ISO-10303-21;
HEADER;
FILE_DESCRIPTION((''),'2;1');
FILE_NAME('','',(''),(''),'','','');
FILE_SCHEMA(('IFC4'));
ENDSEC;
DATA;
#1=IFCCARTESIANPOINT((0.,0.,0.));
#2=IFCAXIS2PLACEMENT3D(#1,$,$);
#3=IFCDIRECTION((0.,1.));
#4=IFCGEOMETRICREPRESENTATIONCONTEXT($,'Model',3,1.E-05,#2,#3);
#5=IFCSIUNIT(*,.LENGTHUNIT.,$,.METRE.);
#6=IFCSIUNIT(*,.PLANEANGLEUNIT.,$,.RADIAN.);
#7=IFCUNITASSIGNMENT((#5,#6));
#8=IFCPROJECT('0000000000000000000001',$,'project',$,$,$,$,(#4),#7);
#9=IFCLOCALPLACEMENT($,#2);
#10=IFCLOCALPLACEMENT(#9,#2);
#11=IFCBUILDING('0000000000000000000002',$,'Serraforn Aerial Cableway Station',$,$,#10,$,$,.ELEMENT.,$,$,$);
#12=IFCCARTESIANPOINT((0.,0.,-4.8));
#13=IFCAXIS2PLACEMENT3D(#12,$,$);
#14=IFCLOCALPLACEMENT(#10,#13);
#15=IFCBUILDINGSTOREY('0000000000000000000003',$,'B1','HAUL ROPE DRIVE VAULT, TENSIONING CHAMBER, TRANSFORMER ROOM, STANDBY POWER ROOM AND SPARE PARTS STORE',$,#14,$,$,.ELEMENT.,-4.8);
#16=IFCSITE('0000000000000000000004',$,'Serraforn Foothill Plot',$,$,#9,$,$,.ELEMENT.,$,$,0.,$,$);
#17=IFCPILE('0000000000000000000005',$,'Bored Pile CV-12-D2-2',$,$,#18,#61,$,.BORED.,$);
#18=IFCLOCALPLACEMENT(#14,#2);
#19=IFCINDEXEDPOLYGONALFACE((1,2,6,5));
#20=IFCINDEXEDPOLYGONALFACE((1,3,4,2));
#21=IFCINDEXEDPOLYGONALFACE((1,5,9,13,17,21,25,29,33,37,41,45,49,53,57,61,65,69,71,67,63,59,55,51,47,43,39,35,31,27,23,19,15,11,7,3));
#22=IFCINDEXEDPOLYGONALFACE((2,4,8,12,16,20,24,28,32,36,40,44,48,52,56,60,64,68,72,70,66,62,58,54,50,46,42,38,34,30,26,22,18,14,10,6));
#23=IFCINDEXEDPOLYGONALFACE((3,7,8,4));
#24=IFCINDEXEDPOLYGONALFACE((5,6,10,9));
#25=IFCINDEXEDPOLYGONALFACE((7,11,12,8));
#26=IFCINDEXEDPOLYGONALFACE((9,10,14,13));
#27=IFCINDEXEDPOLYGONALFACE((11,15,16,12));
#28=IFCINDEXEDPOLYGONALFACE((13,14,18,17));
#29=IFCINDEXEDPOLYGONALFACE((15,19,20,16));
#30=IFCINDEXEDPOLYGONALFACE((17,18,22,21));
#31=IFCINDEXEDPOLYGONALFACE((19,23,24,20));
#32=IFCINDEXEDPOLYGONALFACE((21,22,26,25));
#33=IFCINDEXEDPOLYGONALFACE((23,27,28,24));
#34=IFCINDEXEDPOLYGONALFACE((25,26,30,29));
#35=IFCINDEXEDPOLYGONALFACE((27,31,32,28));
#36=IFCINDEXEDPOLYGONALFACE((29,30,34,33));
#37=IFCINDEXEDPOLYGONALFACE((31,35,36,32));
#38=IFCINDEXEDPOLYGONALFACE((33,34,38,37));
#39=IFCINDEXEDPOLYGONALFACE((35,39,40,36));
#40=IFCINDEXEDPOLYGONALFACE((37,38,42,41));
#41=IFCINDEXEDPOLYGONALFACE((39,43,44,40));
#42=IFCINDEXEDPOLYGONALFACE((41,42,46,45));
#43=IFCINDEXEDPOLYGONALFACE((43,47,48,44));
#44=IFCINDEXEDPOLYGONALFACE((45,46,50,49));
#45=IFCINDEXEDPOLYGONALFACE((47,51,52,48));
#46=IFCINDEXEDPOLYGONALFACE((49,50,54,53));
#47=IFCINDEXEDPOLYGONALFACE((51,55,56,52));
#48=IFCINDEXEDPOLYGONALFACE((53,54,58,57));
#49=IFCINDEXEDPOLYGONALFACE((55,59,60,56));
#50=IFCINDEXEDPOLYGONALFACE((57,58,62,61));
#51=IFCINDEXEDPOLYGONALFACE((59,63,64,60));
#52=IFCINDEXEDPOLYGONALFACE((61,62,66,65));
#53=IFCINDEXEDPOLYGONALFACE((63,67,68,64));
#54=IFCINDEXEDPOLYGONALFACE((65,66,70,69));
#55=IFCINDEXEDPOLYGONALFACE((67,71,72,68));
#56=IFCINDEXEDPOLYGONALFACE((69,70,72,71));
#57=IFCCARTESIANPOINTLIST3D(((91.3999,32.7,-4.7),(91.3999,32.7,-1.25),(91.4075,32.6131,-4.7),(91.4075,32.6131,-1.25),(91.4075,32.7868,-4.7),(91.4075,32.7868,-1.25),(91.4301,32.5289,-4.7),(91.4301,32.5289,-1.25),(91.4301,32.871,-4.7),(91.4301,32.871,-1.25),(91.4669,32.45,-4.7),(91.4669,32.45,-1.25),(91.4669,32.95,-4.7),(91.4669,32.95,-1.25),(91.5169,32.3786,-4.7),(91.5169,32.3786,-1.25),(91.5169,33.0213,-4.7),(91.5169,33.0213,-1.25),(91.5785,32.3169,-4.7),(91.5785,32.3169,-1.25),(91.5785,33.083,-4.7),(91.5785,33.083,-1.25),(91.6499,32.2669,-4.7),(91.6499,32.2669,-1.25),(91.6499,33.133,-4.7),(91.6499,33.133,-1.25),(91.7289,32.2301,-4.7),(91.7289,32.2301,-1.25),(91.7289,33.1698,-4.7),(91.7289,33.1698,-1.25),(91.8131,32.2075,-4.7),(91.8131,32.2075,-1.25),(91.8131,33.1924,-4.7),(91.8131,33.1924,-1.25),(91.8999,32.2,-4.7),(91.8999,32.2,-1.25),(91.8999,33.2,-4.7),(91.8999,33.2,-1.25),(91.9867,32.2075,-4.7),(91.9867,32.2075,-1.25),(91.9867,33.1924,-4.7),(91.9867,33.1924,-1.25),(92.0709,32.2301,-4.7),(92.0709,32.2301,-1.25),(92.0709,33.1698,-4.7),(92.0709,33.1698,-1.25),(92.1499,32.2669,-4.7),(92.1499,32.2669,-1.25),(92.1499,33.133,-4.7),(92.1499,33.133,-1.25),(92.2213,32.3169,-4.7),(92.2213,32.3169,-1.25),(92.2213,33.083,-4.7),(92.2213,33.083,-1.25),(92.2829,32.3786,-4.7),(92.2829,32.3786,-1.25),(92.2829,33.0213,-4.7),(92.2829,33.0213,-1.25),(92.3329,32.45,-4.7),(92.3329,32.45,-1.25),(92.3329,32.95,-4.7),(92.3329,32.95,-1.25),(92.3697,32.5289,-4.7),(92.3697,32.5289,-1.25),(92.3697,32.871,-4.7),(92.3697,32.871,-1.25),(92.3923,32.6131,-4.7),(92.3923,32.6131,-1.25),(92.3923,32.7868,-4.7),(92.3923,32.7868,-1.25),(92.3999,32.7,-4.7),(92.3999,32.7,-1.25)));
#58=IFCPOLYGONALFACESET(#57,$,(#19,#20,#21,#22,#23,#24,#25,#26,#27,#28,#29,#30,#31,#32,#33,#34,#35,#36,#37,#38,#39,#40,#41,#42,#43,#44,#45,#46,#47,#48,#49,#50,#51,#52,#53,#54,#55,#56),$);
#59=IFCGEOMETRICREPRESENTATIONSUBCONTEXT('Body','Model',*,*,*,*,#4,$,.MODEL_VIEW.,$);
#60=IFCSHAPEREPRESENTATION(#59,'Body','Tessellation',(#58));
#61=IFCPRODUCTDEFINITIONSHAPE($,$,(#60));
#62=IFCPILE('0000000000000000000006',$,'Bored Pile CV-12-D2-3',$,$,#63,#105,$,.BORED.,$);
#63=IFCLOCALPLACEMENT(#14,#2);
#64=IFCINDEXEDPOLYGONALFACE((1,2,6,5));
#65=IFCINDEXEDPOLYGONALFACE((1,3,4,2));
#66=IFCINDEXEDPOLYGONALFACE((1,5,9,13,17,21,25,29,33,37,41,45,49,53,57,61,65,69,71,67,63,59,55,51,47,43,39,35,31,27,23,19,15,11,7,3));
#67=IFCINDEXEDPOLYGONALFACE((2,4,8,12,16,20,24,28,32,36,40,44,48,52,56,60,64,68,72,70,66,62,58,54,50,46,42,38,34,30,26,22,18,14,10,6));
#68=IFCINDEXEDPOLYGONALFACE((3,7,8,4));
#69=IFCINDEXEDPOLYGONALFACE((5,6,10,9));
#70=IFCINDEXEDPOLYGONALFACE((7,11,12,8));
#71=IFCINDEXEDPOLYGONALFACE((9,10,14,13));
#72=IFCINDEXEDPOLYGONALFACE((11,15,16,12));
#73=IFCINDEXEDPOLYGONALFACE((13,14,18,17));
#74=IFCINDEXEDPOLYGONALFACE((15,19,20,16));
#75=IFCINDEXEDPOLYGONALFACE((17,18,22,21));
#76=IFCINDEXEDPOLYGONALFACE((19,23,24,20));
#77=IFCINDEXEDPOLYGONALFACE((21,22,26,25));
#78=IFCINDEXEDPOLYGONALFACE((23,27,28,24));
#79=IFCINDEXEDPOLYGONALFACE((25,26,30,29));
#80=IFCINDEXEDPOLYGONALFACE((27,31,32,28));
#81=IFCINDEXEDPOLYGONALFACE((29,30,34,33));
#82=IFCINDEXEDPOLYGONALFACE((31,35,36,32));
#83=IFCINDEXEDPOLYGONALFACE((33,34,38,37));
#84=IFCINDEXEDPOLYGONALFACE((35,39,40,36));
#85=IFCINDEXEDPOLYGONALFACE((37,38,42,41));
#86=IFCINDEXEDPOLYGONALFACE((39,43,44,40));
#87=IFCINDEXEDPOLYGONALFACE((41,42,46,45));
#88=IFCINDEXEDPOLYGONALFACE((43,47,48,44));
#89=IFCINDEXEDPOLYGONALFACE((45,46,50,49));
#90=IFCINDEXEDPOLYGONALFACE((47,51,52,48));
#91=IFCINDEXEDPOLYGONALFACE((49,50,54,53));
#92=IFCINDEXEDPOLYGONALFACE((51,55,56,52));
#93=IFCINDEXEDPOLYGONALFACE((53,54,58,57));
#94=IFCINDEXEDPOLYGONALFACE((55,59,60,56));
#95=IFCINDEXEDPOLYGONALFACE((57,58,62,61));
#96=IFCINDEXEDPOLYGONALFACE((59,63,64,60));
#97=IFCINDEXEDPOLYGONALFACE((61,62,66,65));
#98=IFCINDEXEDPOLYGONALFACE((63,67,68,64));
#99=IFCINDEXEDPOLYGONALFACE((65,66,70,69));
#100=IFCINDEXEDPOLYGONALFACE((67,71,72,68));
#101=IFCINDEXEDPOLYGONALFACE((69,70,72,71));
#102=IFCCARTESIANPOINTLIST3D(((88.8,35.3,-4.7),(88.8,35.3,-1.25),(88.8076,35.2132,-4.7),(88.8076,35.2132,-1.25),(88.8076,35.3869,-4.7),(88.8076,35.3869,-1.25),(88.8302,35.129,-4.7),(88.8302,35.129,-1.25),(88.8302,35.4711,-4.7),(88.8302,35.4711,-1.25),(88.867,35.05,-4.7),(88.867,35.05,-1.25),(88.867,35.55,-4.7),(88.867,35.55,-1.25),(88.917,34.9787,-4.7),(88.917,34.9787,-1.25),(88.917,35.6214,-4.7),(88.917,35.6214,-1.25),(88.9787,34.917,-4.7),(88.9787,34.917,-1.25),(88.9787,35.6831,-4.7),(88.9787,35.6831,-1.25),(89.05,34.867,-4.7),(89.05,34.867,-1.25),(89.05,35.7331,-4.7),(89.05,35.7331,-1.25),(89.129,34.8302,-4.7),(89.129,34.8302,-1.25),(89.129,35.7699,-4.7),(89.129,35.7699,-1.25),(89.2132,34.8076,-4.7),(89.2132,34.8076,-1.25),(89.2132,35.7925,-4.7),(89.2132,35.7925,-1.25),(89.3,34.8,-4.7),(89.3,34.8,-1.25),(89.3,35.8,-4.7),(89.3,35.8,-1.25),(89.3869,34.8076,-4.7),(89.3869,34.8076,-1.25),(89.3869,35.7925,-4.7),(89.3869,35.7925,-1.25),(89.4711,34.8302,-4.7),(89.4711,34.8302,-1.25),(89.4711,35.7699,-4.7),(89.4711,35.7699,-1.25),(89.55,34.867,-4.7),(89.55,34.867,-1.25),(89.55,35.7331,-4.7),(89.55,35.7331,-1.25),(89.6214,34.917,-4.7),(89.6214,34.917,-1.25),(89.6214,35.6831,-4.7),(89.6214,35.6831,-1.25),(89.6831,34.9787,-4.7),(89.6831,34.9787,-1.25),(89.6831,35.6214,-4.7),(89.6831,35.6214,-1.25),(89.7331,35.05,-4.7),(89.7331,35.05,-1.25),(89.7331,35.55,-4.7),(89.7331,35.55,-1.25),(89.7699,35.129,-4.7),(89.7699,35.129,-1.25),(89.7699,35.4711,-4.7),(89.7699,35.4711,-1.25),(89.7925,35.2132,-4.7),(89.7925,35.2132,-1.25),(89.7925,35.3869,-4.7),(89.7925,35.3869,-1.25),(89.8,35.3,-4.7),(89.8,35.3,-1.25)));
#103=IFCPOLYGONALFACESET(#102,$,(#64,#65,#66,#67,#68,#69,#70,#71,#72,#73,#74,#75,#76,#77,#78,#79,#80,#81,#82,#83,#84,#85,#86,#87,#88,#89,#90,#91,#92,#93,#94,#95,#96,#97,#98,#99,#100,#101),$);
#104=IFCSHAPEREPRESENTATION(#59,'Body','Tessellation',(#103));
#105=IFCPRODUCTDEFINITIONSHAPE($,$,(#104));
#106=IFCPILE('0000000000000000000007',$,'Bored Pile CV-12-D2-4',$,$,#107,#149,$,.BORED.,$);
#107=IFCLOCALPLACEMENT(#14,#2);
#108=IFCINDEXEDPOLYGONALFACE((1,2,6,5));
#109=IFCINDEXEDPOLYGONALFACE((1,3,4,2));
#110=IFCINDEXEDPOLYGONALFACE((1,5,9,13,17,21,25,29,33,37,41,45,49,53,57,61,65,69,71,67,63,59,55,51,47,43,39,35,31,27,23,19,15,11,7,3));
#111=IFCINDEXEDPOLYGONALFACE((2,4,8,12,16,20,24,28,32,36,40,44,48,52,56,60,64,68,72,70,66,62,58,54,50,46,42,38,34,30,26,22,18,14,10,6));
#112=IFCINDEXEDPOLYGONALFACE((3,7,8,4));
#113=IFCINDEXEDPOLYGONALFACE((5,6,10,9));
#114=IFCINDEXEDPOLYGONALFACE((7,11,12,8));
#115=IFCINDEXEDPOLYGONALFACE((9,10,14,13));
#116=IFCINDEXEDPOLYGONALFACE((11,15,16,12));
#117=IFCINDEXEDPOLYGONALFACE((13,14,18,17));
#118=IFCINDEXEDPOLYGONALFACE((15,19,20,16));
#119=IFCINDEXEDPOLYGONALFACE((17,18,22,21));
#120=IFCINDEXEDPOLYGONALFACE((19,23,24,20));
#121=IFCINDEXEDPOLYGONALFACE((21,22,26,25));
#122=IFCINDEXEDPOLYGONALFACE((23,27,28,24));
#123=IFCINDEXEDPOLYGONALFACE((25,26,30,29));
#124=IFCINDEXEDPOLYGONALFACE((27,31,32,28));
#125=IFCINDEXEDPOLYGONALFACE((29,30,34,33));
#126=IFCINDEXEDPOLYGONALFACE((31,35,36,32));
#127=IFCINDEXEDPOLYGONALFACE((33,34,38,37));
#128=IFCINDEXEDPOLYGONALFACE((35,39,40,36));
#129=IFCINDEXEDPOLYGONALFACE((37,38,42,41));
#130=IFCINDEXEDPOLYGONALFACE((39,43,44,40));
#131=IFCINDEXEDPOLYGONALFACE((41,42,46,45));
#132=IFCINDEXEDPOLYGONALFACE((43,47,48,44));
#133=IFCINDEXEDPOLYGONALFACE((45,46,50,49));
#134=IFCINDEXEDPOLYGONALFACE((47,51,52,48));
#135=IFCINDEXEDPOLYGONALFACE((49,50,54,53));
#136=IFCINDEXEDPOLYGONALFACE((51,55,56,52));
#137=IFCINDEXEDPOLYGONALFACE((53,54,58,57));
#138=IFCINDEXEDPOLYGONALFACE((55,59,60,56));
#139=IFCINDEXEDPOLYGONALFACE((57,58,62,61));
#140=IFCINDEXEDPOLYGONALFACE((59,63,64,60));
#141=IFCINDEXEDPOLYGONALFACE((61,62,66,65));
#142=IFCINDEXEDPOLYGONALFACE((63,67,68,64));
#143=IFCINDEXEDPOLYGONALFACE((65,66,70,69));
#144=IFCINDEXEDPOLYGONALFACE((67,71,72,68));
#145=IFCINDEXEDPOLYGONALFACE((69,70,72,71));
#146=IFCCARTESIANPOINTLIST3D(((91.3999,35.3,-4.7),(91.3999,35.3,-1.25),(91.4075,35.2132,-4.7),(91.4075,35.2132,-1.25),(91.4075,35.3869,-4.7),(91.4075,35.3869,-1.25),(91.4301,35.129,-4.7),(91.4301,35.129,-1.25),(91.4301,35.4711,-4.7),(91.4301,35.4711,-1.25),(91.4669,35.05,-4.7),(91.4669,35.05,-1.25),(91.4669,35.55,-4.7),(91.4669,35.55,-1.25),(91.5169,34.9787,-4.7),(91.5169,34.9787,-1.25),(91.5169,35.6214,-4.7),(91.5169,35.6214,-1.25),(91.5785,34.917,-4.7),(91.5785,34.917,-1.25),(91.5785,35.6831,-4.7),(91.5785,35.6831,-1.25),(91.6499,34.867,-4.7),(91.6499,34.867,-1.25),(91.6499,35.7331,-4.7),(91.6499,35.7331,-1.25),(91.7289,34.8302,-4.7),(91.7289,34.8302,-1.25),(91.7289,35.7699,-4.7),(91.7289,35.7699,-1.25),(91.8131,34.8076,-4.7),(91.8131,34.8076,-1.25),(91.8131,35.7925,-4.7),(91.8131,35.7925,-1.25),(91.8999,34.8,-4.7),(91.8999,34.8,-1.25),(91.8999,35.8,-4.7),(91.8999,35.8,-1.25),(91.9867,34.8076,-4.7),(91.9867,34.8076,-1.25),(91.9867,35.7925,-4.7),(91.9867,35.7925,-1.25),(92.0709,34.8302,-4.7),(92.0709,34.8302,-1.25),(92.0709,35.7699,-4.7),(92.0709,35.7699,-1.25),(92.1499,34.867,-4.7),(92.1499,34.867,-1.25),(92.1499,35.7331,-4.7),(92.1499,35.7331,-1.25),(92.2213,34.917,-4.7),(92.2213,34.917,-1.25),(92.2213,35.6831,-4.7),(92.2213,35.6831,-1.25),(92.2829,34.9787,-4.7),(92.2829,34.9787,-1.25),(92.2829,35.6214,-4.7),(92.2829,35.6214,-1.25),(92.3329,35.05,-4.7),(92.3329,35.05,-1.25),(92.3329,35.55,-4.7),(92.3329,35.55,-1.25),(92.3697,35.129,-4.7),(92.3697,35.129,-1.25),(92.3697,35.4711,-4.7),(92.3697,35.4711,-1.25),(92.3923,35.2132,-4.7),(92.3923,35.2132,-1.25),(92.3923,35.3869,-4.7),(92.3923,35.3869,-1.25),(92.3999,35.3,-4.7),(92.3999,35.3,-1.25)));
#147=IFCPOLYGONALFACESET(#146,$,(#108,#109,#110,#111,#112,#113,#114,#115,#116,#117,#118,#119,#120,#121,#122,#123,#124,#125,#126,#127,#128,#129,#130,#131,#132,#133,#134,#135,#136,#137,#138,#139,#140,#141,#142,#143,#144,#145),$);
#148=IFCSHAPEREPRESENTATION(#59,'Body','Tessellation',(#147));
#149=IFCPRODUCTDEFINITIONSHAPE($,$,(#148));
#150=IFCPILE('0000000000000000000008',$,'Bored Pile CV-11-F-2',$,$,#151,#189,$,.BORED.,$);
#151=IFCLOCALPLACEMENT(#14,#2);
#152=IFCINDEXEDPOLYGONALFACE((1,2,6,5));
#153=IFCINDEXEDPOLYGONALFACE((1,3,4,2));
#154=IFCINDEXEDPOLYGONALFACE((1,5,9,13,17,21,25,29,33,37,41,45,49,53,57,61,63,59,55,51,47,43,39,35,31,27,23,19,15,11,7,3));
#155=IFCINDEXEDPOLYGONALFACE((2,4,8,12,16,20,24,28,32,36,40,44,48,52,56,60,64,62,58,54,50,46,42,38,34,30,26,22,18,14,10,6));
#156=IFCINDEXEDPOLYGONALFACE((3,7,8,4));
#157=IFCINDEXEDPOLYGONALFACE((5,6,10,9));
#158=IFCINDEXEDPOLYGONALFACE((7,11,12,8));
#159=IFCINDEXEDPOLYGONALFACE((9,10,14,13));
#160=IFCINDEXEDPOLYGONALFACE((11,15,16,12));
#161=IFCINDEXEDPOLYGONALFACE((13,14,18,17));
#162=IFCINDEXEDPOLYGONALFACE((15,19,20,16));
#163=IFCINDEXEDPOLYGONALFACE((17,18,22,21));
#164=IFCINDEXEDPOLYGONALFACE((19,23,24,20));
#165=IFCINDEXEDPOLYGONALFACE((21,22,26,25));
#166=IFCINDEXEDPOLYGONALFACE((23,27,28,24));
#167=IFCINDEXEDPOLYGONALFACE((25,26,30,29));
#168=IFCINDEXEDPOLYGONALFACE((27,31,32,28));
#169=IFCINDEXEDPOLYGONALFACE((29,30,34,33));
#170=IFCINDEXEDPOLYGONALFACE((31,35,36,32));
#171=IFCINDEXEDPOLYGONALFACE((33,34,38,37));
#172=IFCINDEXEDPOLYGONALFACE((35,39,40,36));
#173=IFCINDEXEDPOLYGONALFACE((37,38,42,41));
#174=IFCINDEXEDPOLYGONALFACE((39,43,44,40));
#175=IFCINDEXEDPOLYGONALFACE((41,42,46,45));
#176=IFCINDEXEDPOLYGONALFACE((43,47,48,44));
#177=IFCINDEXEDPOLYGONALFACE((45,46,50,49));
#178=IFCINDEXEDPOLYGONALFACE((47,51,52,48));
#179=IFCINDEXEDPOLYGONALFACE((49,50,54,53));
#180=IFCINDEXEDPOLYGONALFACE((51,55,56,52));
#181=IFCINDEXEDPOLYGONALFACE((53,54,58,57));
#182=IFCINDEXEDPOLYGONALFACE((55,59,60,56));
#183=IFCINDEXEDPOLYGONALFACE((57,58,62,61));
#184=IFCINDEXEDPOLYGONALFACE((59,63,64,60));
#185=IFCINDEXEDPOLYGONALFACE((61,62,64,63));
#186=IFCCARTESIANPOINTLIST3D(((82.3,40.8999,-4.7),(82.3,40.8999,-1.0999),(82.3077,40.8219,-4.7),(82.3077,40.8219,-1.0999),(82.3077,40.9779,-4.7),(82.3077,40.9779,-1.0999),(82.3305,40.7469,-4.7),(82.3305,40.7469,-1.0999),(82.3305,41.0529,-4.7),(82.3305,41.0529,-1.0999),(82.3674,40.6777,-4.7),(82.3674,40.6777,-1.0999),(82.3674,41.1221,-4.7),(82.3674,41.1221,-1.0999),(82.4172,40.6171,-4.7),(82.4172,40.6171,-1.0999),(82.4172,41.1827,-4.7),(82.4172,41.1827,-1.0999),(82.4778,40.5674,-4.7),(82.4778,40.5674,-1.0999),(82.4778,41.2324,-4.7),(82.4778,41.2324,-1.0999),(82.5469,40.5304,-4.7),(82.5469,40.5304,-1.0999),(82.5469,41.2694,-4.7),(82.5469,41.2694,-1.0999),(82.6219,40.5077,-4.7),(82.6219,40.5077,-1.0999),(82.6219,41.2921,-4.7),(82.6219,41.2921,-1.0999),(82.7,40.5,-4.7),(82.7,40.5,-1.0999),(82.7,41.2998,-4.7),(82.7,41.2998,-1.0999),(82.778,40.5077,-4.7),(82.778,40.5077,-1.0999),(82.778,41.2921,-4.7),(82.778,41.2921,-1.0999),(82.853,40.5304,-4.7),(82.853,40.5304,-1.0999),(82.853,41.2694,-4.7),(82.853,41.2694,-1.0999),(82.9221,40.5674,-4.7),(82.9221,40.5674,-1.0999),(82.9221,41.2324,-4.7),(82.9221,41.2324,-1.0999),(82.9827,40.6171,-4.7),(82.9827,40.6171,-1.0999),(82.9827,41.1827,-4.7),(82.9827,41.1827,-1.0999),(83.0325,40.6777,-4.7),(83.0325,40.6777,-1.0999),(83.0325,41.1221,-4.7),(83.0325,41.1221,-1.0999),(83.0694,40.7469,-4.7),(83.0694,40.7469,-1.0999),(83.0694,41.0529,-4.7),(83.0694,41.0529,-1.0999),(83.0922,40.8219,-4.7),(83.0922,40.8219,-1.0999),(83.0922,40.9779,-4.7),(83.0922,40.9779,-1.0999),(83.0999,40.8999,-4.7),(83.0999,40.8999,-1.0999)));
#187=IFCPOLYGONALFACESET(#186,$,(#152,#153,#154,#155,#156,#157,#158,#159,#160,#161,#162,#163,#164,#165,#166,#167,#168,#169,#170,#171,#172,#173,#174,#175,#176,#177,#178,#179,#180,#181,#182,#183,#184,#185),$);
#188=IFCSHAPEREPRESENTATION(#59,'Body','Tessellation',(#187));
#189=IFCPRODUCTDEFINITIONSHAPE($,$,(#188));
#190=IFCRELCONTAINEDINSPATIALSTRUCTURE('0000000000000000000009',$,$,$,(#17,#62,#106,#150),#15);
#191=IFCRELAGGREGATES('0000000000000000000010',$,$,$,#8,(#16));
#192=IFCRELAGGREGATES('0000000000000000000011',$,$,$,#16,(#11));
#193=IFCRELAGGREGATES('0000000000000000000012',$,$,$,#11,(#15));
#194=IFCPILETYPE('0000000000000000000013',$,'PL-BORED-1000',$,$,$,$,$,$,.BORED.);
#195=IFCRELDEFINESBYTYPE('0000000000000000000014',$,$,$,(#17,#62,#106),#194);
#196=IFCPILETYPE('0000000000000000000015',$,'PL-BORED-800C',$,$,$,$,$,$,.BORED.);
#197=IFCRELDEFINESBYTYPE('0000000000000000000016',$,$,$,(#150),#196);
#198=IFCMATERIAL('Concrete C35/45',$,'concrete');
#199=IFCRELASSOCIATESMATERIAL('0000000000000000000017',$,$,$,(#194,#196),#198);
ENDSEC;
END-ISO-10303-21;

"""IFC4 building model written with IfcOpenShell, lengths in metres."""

from ifc_helpers import new_model, si_unit, direction, frame, origin, origin_2d, place, context, subcontext, project, spatial, circle, extrude, material, material_profile, profile_set, type_object, element, save


model = new_model("IFC4")

# Units and contexts
model_context = context("Model", 3, precision=1e-05, world=origin(), true_north=direction((0.0, 1.0)))
body_context = subcontext(model_context, "Body", "Model", "MODEL_VIEW")
ifc_project = project(units=[si_unit("LENGTHUNIT", "METRE"), si_unit("PLANEANGLEUNIT", "RADIAN")], contexts=[model_context])

# Site, building, storey
site_placement = place(None, origin())
site = spatial("IfcSite", under=ifc_project, at=site_placement, Name="Serraforn Foothill Plot", CompositionType="ELEMENT", RefElevation=0.0)
building_placement = place(site_placement, origin())
building = spatial("IfcBuilding", under=site, at=building_placement, Name="Serraforn Aerial Cableway Station", CompositionType="ELEMENT")
storey_placement = place(building_placement, frame((0.0, 0.0, -4.8)))
storey = spatial("IfcBuildingStorey", under=building, at=storey_placement, Name="B1", Description="HAUL ROPE DRIVE VAULT, TENSIONING CHAMBER, TRANSFORMER ROOM, STANDBY POWER ROOM AND SPARE PARTS STORE", CompositionType="ELEMENT", Elevation=-4.8)

# Shared definitions
ifc_material_1 = material(Name="Concrete C35/45", Category="concrete")

# Piles
ifc_material_profile_1 = material_profile(ifc_material_1, circle(Radius=0.5, at=origin_2d()), Name="BORED PILE D1000")
ifc_profile_set_1 = profile_set([ifc_material_profile_1], Name="Concrete C35/45")
pile_type_1 = type_object("IfcPileType", Name="PL-BORED-1000", PredefinedType="BORED", material=ifc_profile_set_1)
for number, where, z_axis, x_axis, name in (
    (1, (91.8999, 32.7, -1.25), (0.0, 0.0, -1.0), (1.0, 0.0, 0.0), "Bored Pile CV-12-D2-2"),
    (2, (89.3, 35.3, -1.25), (0.0, 0.0, -1.0), (1.0, 0.0, 0.0), "Bored Pile CV-12-D2-3"),
    (3, (91.8999, 35.3, -1.25), (0.0, 0.0, -1.0), (1.0, 0.0, 0.0), "Bored Pile CV-12-D2-4"),
):
    element("IfcPile", number, at=place(storey_placement, frame(where, z_axis=z_axis, x_axis=x_axis)), inside=storey, type_object=pile_type_1, Name=name, PredefinedType="BORED", context=body_context, shape_type="SweptSolid", body=[
        extrude(circle(Radius=0.5, at=origin_2d()), origin(), (0.0, 0.0, 1.0), 3.45),
    ])
ifc_material_profile_2 = material_profile(ifc_material_1, circle(Radius=0.3999, at=origin_2d()), Name="BORED PILE D800")
ifc_profile_set_2 = profile_set([ifc_material_profile_2], Name="Concrete C35/45")
pile_type_2 = type_object("IfcPileType", Name="PL-BORED-800C", PredefinedType="BORED", material=ifc_profile_set_2)
for number, where, z_axis, x_axis, name in (
    (4, (82.7, 40.8999, -1.0999), (0.0, 0.0, -1.0), (1.0, 0.0, 0.0), "Bored Pile CV-11-F-2"),
):
    element("IfcPile", number, at=place(storey_placement, frame(where, z_axis=z_axis, x_axis=x_axis)), inside=storey, type_object=pile_type_2, Name=name, PredefinedType="BORED", context=body_context, shape_type="SweptSolid", body=[
        extrude(circle(Radius=0.3999, at=origin_2d()), origin(), (0.0, 0.0, 1.0), 3.6001),
    ])

save(model, "model.ifc")
